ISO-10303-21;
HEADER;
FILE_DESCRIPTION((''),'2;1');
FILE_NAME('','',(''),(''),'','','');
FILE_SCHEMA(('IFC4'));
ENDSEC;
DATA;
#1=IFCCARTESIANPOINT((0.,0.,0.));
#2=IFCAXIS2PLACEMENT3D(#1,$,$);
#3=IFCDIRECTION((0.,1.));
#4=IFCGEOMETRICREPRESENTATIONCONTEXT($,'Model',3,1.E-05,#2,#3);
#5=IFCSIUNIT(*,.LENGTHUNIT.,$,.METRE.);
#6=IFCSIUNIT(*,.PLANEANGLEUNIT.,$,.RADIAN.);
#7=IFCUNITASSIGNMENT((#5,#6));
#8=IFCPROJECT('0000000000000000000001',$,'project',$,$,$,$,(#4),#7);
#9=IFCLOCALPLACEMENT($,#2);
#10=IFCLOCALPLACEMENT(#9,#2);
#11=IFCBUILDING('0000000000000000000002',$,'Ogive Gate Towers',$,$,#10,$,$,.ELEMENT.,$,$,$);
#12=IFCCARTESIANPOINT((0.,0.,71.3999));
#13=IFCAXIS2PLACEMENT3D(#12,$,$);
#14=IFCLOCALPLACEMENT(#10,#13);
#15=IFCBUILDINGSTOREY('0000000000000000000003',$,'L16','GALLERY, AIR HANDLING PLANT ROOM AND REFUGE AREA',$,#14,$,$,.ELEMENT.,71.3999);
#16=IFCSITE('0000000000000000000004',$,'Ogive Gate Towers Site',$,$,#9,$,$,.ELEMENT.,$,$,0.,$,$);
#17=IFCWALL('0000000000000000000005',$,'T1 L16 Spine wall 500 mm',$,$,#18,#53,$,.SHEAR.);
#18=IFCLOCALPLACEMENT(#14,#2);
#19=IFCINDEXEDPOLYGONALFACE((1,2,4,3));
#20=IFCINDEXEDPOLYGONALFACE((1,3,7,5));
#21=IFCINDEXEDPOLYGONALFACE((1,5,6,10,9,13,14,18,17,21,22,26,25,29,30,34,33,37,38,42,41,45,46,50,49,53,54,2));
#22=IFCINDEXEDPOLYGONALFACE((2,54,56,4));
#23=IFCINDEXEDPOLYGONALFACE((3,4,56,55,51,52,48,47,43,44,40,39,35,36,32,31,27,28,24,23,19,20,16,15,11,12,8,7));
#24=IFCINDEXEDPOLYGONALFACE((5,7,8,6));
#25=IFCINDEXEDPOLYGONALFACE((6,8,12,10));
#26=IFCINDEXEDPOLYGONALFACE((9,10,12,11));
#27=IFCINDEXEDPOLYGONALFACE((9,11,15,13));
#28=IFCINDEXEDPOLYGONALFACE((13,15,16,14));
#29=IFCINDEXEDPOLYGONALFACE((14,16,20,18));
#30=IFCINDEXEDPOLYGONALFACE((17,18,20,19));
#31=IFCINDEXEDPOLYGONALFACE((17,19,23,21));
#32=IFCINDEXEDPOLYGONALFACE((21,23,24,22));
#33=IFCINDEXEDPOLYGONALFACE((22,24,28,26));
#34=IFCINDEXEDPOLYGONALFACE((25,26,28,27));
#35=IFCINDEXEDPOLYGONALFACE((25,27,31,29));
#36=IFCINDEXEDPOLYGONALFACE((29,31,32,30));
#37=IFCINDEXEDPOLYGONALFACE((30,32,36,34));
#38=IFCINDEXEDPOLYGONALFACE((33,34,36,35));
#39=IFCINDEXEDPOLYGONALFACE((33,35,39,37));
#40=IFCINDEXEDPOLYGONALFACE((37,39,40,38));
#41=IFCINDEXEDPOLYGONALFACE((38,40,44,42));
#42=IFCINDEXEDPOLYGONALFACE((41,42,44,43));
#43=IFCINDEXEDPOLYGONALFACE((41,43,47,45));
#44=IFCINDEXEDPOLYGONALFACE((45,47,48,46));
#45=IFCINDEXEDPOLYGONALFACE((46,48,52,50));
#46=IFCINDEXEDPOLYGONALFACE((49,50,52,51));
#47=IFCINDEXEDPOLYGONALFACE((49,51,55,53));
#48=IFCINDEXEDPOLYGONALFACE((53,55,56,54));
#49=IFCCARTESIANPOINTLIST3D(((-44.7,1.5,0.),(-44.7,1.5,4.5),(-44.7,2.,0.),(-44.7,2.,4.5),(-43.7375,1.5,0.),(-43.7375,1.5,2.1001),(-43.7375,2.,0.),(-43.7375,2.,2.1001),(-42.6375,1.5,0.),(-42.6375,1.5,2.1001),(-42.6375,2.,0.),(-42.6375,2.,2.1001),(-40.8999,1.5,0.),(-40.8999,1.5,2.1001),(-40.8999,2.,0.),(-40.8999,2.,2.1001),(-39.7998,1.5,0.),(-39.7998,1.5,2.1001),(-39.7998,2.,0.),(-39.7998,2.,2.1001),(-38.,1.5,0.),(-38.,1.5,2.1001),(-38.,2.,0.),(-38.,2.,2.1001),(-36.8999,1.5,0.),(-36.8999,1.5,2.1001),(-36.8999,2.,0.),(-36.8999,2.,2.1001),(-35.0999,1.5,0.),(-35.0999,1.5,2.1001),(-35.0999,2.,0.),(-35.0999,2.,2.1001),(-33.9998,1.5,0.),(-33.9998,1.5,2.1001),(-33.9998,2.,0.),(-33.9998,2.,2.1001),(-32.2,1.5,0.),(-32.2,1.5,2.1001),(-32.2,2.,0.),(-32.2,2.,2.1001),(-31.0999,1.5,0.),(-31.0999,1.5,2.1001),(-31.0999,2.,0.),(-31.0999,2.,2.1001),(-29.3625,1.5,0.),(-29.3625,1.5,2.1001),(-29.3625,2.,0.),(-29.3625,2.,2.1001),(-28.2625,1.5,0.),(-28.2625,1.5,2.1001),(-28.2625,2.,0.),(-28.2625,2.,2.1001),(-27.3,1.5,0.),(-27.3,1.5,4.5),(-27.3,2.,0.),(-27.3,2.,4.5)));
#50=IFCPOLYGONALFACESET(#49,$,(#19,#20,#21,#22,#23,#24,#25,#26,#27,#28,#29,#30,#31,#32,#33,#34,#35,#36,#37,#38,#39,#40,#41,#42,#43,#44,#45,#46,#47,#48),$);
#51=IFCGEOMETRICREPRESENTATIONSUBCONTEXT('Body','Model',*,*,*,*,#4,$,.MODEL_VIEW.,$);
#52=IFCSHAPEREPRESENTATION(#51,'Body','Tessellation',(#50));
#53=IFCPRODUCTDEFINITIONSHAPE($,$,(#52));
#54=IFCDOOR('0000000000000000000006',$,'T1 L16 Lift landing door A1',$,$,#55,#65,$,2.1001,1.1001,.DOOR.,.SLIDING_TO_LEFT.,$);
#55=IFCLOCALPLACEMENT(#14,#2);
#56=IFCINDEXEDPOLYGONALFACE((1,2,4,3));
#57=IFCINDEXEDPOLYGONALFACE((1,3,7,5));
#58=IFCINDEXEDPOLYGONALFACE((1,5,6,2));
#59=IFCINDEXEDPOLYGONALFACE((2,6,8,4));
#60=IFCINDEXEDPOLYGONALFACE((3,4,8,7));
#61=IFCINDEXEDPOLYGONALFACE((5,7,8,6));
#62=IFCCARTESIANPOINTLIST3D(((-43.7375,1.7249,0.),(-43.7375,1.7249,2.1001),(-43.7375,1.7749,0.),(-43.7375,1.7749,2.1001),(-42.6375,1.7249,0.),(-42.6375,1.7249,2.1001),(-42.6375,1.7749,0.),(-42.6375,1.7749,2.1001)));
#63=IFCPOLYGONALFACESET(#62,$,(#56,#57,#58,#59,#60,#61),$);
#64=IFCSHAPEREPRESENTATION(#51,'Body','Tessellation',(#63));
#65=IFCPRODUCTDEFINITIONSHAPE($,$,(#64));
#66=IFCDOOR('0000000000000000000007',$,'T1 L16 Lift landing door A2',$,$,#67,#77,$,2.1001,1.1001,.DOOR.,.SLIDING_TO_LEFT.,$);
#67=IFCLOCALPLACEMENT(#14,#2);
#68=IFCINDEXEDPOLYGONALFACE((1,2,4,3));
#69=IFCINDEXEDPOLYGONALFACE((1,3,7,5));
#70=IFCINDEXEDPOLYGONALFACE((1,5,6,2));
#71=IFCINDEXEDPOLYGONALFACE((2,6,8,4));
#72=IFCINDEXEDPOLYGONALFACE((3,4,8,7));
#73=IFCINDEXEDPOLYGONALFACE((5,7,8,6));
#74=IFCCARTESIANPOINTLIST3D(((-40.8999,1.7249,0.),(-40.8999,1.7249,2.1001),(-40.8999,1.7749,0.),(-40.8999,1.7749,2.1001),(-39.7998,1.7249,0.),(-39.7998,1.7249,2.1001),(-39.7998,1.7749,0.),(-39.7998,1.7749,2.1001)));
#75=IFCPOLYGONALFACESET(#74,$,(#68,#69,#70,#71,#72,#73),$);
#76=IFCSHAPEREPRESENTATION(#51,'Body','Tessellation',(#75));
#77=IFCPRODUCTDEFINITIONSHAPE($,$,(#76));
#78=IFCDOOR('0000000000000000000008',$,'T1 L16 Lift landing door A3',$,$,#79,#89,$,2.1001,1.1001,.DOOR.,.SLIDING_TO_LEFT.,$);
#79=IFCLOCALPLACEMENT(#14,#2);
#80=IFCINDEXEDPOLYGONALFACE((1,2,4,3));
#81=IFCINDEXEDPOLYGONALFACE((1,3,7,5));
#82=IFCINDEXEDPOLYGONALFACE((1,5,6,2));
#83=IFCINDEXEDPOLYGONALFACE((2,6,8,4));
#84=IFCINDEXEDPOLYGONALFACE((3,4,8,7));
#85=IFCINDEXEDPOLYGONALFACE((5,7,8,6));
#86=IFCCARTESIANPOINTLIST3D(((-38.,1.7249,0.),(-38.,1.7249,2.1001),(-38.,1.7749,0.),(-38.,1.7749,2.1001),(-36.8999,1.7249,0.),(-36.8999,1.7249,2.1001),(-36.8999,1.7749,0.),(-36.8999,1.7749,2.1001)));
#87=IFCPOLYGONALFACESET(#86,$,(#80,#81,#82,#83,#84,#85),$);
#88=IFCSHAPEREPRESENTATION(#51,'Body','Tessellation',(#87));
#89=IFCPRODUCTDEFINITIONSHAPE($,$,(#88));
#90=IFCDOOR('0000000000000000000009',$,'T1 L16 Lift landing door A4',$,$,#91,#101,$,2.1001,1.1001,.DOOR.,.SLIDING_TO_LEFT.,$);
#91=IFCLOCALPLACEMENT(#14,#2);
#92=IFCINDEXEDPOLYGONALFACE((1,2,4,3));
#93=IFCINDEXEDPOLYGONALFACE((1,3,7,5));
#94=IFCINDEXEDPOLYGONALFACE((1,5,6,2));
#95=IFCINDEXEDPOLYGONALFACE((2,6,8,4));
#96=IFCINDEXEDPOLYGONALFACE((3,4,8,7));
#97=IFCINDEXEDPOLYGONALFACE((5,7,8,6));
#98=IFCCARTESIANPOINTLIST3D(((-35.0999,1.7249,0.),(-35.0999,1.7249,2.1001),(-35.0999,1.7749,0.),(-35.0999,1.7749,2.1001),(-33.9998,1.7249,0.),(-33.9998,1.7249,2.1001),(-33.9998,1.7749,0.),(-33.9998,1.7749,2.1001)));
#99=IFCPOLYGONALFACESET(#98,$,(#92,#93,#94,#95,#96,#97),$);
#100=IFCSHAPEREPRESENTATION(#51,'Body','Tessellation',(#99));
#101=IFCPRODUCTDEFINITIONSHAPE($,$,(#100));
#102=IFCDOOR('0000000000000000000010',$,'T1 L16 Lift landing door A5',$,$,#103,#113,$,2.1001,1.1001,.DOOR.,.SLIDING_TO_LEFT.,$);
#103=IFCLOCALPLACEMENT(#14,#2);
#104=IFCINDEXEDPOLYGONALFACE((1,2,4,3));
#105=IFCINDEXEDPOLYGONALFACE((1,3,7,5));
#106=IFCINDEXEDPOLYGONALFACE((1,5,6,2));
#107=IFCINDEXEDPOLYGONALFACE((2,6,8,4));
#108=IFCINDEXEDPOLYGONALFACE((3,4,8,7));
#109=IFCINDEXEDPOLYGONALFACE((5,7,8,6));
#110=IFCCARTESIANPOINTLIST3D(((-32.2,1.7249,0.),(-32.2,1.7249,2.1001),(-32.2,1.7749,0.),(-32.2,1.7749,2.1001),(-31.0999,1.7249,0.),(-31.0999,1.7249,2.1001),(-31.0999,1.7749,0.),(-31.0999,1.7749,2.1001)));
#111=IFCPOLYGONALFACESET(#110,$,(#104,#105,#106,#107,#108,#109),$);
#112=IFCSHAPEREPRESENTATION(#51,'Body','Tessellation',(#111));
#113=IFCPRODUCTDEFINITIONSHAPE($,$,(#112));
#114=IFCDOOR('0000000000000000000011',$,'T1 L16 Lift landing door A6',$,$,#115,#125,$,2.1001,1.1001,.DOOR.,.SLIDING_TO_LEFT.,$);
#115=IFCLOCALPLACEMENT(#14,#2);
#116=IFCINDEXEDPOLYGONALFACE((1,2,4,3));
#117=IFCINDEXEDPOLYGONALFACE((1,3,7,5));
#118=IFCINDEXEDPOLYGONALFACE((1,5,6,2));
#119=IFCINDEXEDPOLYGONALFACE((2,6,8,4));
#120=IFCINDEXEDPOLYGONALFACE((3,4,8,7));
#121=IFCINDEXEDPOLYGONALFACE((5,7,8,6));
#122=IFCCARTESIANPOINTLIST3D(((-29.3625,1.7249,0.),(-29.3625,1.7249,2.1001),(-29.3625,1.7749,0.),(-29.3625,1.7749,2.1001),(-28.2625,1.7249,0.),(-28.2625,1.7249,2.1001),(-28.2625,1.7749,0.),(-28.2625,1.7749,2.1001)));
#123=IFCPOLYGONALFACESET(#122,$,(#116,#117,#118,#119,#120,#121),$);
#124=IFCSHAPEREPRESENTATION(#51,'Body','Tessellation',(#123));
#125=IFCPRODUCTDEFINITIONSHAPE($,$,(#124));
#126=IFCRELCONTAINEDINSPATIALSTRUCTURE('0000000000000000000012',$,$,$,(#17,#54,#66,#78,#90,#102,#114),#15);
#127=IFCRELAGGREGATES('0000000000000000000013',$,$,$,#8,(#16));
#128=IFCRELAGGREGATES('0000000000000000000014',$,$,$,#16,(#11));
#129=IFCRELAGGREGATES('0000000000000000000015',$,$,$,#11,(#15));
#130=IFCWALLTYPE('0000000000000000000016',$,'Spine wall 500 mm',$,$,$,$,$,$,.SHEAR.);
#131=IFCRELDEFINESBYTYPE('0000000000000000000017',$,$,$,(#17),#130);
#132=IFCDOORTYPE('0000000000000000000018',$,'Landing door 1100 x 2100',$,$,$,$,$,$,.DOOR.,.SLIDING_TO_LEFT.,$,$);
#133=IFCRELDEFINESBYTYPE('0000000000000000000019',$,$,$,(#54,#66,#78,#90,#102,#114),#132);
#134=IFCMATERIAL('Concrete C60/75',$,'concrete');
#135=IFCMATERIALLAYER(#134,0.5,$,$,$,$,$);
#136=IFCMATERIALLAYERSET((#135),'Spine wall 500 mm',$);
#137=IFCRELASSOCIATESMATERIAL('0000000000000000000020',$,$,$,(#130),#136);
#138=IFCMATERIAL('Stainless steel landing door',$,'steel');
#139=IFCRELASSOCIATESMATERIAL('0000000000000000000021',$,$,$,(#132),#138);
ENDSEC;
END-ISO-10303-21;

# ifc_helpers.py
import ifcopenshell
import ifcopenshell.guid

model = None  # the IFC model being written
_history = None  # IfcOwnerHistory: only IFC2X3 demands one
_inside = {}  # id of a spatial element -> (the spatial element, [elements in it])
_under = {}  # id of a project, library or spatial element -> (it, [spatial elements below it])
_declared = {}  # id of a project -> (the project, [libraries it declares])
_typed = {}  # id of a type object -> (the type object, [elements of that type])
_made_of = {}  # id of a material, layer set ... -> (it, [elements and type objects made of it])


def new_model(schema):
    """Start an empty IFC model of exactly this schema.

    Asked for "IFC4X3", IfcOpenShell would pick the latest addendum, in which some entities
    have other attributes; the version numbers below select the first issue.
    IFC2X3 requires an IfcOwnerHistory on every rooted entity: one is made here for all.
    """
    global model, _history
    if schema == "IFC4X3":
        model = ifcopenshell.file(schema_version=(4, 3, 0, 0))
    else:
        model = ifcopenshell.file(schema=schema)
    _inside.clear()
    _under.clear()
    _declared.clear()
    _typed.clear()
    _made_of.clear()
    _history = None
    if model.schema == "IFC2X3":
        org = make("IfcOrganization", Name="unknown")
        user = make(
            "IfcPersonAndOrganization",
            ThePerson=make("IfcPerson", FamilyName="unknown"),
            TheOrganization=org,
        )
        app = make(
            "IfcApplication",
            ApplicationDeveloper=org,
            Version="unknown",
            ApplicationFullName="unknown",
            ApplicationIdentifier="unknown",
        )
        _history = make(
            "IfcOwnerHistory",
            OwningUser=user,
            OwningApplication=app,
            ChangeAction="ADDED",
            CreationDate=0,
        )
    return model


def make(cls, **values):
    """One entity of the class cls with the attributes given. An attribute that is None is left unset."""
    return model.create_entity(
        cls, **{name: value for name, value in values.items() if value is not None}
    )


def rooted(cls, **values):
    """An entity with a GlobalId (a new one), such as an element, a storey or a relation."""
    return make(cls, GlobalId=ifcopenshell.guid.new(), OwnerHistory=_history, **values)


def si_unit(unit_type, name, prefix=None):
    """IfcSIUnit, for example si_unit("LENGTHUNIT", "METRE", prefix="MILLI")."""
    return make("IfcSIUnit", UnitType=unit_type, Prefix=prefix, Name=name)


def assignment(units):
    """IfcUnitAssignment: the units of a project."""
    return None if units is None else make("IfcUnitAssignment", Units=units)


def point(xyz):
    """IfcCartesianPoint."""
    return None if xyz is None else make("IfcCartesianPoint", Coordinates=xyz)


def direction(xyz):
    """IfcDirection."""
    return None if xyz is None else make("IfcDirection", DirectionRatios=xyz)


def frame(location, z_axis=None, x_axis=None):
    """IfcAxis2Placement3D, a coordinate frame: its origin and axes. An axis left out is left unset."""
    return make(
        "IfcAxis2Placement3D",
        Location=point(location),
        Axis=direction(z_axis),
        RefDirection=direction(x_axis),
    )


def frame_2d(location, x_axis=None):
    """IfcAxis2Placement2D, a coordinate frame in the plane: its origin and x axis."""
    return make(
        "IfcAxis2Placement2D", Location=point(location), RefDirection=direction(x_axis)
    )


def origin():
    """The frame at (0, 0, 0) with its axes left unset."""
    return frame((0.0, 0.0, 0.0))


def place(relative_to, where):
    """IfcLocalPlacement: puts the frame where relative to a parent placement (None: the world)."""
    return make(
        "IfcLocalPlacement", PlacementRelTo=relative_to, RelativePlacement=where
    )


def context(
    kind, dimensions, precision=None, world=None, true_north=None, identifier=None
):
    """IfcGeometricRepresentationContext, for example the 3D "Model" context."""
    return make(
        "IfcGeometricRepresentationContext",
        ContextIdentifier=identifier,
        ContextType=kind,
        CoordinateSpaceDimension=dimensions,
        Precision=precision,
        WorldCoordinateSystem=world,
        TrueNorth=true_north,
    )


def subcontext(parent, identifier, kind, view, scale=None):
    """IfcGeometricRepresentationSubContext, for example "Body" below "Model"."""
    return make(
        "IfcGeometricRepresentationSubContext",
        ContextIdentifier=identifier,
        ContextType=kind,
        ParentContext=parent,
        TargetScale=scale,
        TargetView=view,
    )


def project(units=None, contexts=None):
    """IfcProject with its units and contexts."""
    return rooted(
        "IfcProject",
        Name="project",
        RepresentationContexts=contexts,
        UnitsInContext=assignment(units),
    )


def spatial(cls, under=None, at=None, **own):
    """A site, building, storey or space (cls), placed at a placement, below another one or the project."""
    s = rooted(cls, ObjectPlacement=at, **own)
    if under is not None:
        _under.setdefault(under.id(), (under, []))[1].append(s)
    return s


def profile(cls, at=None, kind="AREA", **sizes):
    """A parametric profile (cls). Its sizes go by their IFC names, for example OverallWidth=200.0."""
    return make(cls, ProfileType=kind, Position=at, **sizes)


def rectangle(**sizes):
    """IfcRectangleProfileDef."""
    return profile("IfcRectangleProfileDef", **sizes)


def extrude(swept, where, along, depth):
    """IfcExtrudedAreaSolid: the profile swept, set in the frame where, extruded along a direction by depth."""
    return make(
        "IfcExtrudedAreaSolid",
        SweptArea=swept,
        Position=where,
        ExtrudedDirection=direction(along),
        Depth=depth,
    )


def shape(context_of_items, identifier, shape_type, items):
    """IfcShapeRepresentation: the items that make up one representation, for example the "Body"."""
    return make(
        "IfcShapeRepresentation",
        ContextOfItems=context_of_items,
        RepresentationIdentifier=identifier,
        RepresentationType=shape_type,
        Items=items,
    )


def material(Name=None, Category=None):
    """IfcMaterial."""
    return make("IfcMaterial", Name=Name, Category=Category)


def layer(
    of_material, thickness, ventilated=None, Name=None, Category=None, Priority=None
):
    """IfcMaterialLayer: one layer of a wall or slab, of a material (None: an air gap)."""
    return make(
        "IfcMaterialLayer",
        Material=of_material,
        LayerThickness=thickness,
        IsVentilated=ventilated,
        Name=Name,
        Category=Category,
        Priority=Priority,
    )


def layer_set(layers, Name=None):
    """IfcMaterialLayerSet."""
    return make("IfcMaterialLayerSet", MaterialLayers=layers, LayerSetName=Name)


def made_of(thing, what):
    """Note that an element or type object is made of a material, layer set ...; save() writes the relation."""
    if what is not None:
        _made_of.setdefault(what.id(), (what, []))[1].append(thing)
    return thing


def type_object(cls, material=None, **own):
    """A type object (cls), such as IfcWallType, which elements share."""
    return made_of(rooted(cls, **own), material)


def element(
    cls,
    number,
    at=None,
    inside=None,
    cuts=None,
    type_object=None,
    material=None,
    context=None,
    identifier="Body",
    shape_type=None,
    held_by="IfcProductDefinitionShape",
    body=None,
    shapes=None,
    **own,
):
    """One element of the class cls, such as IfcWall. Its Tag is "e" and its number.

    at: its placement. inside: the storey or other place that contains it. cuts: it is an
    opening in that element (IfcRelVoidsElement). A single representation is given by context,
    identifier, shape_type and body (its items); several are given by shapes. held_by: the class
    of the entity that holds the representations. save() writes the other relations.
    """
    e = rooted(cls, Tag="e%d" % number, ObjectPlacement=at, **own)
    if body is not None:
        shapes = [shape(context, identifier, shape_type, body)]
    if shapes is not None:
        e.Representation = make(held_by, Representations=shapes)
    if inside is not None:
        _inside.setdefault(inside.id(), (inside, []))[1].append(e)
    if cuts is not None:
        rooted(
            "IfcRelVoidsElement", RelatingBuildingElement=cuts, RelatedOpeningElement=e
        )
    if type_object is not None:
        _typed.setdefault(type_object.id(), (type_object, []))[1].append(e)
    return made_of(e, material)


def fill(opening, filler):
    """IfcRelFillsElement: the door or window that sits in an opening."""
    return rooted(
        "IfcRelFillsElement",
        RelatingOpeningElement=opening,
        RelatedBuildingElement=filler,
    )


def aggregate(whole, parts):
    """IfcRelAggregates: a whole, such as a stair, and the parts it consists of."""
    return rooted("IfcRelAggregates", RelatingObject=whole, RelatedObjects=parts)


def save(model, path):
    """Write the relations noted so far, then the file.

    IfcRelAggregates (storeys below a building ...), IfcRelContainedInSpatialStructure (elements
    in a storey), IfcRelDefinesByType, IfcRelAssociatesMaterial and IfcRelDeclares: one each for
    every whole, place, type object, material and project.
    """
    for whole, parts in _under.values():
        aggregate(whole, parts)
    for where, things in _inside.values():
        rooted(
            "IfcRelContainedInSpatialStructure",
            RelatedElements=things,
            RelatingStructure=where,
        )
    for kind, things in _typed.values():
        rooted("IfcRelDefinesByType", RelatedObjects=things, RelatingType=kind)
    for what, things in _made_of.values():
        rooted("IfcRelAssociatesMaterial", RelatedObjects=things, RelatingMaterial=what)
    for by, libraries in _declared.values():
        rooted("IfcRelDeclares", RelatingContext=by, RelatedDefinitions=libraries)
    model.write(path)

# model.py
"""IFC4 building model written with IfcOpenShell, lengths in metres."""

from ifc_helpers import new_model, si_unit, direction, frame, frame_2d, origin, place, context, subcontext, project, spatial, rectangle, extrude, material, layer, layer_set, type_object, element, fill, save


model = new_model("IFC4")

# Units and contexts
model_context = context("Model", 3, precision=1e-05, world=origin(), true_north=direction((0.0, 1.0)))
body_context = subcontext(model_context, "Body", "Model", "MODEL_VIEW")
ifc_project = project(units=[si_unit("LENGTHUNIT", "METRE"), si_unit("PLANEANGLEUNIT", "RADIAN")], contexts=[model_context])

# Site, building, storey
site_placement = place(None, origin())
site = spatial("IfcSite", under=ifc_project, at=site_placement, Name="Ogive Gate Towers Site", CompositionType="ELEMENT", RefElevation=0.0)
building_placement = place(site_placement, origin())
building = spatial("IfcBuilding", under=site, at=building_placement, Name="Ogive Gate Towers", CompositionType="ELEMENT")
storey_placement = place(building_placement, frame((0.0, 0.0, 71.3999)))
storey = spatial("IfcBuildingStorey", under=building, at=storey_placement, Name="L16", Description="GALLERY, AIR HANDLING PLANT ROOM AND REFUGE AREA", CompositionType="ELEMENT", Elevation=71.3999)

# Shared definitions
ifc_material_1 = material(Name="Concrete C60/75", Category="concrete")

# Wall, openings, doors
ifc_layer_1 = layer(ifc_material_1, 0.5)
ifc_layer_set_1 = layer_set([ifc_layer_1], Name="Spine wall 500 mm")
wall_type_1 = type_object("IfcWallType", Name="Spine wall 500 mm", PredefinedType="SHEAR", material=ifc_layer_set_1)
wall_1_placement = place(storey_placement, frame((-44.7, 1.75, 0.0), z_axis=(0.0, 0.0, 1.0), x_axis=(1.0, 0.0, 0.0)))
wall_1 = element("IfcWall", 1, at=wall_1_placement, inside=storey, type_object=wall_type_1, Name="T1 L16 Spine wall 500 mm", PredefinedType="SHEAR", context=body_context, shape_type="SweptSolid", body=[
    extrude(rectangle(XDim=17.3999, YDim=0.5, at=frame_2d((8.7, 0.0))), origin(), (0.0, 0.0, 1.0), 4.5),
])
opening_1_placement = place(wall_1_placement, frame((0.9624, 0.0, 0.0)))
opening_1 = element("IfcOpeningElement", 2, at=opening_1_placement, cuts=wall_1, PredefinedType="OPENING", context=body_context, shape_type="SweptSolid", body=[
    extrude(rectangle(XDim=1.1001, YDim=2.1001, at=frame_2d((0.55, 1.05))), frame((0.0, 0.26, 0.0), z_axis=(0.0, -1.0, 0.0), x_axis=(1.0, 0.0, 0.0)), (0.0, 0.0, 1.0), 0.52),
])
opening_2_placement = place(wall_1_placement, frame((3.8, 0.0, 0.0)))
opening_2 = element("IfcOpeningElement", 3, at=opening_2_placement, cuts=wall_1, PredefinedType="OPENING", context=body_context, shape_type="SweptSolid", body=[
    extrude(rectangle(XDim=1.1001, YDim=2.1001, at=frame_2d((0.55, 1.05))), frame((0.0, 0.26, 0.0), z_axis=(0.0, -1.0, 0.0), x_axis=(1.0, 0.0, 0.0)), (0.0, 0.0, 1.0), 0.52),
])
opening_3_placement = place(wall_1_placement, frame((6.7, 0.0, 0.0)))
opening_3 = element("IfcOpeningElement", 4, at=opening_3_placement, cuts=wall_1, PredefinedType="OPENING", context=body_context, shape_type="SweptSolid", body=[
    extrude(rectangle(XDim=1.1001, YDim=2.1001, at=frame_2d((0.55, 1.05))), frame((0.0, 0.26, 0.0), z_axis=(0.0, -1.0, 0.0), x_axis=(1.0, 0.0, 0.0)), (0.0, 0.0, 1.0), 0.52),
])
opening_4_placement = place(wall_1_placement, frame((9.6001, 0.0, 0.0)))
opening_4 = element("IfcOpeningElement", 5, at=opening_4_placement, cuts=wall_1, PredefinedType="OPENING", context=body_context, shape_type="SweptSolid", body=[
    extrude(rectangle(XDim=1.1001, YDim=2.1001, at=frame_2d((0.55, 1.05))), frame((0.0, 0.26, 0.0), z_axis=(0.0, -1.0, 0.0), x_axis=(1.0, 0.0, 0.0)), (0.0, 0.0, 1.0), 0.52),
])
opening_5_placement = place(wall_1_placement, frame((12.5, 0.0, 0.0)))
opening_5 = element("IfcOpeningElement", 6, at=opening_5_placement, cuts=wall_1, PredefinedType="OPENING", context=body_context, shape_type="SweptSolid", body=[
    extrude(rectangle(XDim=1.1001, YDim=2.1001, at=frame_2d((0.55, 1.05))), frame((0.0, 0.26, 0.0), z_axis=(0.0, -1.0, 0.0), x_axis=(1.0, 0.0, 0.0)), (0.0, 0.0, 1.0), 0.52),
])
opening_6_placement = place(wall_1_placement, frame((15.3374, 0.0, 0.0)))
opening_6 = element("IfcOpeningElement", 7, at=opening_6_placement, cuts=wall_1, PredefinedType="OPENING", context=body_context, shape_type="SweptSolid", body=[
    extrude(rectangle(XDim=1.1001, YDim=2.1001, at=frame_2d((0.55, 1.05))), frame((0.0, 0.26, 0.0), z_axis=(0.0, -1.0, 0.0), x_axis=(1.0, 0.0, 0.0)), (0.0, 0.0, 1.0), 0.52),
])
ifc_material_2 = material(Name="Stainless steel landing door", Category="steel")
door_type_1 = type_object("IfcDoorType", Name="Landing door 1100 x 2100", OperationType="SLIDING_TO_LEFT", PredefinedType="DOOR", material=ifc_material_2)
door_1_placement = place(opening_1_placement, origin())
door_1 = element("IfcDoor", 8, at=door_1_placement, inside=storey, type_object=door_type_1, Name="T1 L16 Lift landing door A1", OperationType="SLIDING_TO_LEFT", OverallHeight=2.1001, OverallWidth=1.1001, PredefinedType="DOOR", context=body_context, shape_type="SweptSolid", body=[
    extrude(rectangle(XDim=1.1001, YDim=2.1001, at=frame_2d((0.55, 1.05))), frame((0.0, 0.0249, 0.0), z_axis=(0.0, -1.0, 0.0), x_axis=(1.0, 0.0, 0.0)), (0.0, 0.0, 1.0), 0.05),
])
fill(opening_1, door_1)
door_2_placement = place(opening_2_placement, origin())
door_2 = element("IfcDoor", 9, at=door_2_placement, inside=storey, type_object=door_type_1, Name="T1 L16 Lift landing door A2", OperationType="SLIDING_TO_LEFT", OverallHeight=2.1001, OverallWidth=1.1001, PredefinedType="DOOR", context=body_context, shape_type="SweptSolid", body=[
    extrude(rectangle(XDim=1.1001, YDim=2.1001, at=frame_2d((0.55, 1.05))), frame((0.0, 0.0249, 0.0), z_axis=(0.0, -1.0, 0.0), x_axis=(1.0, 0.0, 0.0)), (0.0, 0.0, 1.0), 0.05),
])
fill(opening_2, door_2)
door_3_placement = place(opening_3_placement, origin())
door_3 = element("IfcDoor", 10, at=door_3_placement, inside=storey, type_object=door_type_1, Name="T1 L16 Lift landing door A3", OperationType="SLIDING_TO_LEFT", OverallHeight=2.1001, OverallWidth=1.1001, PredefinedType="DOOR", context=body_context, shape_type="SweptSolid", body=[
    extrude(rectangle(XDim=1.1001, YDim=2.1001, at=frame_2d((0.55, 1.05))), frame((0.0, 0.0249, 0.0), z_axis=(0.0, -1.0, 0.0), x_axis=(1.0, 0.0, 0.0)), (0.0, 0.0, 1.0), 0.05),
])
fill(opening_3, door_3)
door_4_placement = place(opening_4_placement, origin())
door_4 = element("IfcDoor", 11, at=door_4_placement, inside=storey, type_object=door_type_1, Name="T1 L16 Lift landing door A4", OperationType="SLIDING_TO_LEFT", OverallHeight=2.1001, OverallWidth=1.1001, PredefinedType="DOOR", context=body_context, shape_type="SweptSolid", body=[
    extrude(rectangle(XDim=1.1001, YDim=2.1001, at=frame_2d((0.55, 1.05))), frame((0.0, 0.0249, 0.0), z_axis=(0.0, -1.0, 0.0), x_axis=(1.0, 0.0, 0.0)), (0.0, 0.0, 1.0), 0.05),
])
fill(opening_4, door_4)
door_5_placement = place(opening_5_placement, origin())
door_5 = element("IfcDoor", 12, at=door_5_placement, inside=storey, type_object=door_type_1, Name="T1 L16 Lift landing door A5", OperationType="SLIDING_TO_LEFT", OverallHeight=2.1001, OverallWidth=1.1001, PredefinedType="DOOR", context=body_context, shape_type="SweptSolid", body=[
    extrude(rectangle(XDim=1.1001, YDim=2.1001, at=frame_2d((0.55, 1.05))), frame((0.0, 0.0249, 0.0), z_axis=(0.0, -1.0, 0.0), x_axis=(1.0, 0.0, 0.0)), (0.0, 0.0, 1.0), 0.05),
])
fill(opening_5, door_5)
door_6_placement = place(opening_6_placement, origin())
door_6 = element("IfcDoor", 13, at=door_6_placement, inside=storey, type_object=door_type_1, Name="T1 L16 Lift landing door A6", OperationType="SLIDING_TO_LEFT", OverallHeight=2.1001, OverallWidth=1.1001, PredefinedType="DOOR", context=body_context, shape_type="SweptSolid", body=[
    extrude(rectangle(XDim=1.1001, YDim=2.1001, at=frame_2d((0.55, 1.05))), frame((0.0, 0.0249, 0.0), z_axis=(0.0, -1.0, 0.0), x_axis=(1.0, 0.0, 0.0)), (0.0, 0.0, 1.0), 0.05),
])
fill(opening_6, door_6)

save(model, "model.ifc")
